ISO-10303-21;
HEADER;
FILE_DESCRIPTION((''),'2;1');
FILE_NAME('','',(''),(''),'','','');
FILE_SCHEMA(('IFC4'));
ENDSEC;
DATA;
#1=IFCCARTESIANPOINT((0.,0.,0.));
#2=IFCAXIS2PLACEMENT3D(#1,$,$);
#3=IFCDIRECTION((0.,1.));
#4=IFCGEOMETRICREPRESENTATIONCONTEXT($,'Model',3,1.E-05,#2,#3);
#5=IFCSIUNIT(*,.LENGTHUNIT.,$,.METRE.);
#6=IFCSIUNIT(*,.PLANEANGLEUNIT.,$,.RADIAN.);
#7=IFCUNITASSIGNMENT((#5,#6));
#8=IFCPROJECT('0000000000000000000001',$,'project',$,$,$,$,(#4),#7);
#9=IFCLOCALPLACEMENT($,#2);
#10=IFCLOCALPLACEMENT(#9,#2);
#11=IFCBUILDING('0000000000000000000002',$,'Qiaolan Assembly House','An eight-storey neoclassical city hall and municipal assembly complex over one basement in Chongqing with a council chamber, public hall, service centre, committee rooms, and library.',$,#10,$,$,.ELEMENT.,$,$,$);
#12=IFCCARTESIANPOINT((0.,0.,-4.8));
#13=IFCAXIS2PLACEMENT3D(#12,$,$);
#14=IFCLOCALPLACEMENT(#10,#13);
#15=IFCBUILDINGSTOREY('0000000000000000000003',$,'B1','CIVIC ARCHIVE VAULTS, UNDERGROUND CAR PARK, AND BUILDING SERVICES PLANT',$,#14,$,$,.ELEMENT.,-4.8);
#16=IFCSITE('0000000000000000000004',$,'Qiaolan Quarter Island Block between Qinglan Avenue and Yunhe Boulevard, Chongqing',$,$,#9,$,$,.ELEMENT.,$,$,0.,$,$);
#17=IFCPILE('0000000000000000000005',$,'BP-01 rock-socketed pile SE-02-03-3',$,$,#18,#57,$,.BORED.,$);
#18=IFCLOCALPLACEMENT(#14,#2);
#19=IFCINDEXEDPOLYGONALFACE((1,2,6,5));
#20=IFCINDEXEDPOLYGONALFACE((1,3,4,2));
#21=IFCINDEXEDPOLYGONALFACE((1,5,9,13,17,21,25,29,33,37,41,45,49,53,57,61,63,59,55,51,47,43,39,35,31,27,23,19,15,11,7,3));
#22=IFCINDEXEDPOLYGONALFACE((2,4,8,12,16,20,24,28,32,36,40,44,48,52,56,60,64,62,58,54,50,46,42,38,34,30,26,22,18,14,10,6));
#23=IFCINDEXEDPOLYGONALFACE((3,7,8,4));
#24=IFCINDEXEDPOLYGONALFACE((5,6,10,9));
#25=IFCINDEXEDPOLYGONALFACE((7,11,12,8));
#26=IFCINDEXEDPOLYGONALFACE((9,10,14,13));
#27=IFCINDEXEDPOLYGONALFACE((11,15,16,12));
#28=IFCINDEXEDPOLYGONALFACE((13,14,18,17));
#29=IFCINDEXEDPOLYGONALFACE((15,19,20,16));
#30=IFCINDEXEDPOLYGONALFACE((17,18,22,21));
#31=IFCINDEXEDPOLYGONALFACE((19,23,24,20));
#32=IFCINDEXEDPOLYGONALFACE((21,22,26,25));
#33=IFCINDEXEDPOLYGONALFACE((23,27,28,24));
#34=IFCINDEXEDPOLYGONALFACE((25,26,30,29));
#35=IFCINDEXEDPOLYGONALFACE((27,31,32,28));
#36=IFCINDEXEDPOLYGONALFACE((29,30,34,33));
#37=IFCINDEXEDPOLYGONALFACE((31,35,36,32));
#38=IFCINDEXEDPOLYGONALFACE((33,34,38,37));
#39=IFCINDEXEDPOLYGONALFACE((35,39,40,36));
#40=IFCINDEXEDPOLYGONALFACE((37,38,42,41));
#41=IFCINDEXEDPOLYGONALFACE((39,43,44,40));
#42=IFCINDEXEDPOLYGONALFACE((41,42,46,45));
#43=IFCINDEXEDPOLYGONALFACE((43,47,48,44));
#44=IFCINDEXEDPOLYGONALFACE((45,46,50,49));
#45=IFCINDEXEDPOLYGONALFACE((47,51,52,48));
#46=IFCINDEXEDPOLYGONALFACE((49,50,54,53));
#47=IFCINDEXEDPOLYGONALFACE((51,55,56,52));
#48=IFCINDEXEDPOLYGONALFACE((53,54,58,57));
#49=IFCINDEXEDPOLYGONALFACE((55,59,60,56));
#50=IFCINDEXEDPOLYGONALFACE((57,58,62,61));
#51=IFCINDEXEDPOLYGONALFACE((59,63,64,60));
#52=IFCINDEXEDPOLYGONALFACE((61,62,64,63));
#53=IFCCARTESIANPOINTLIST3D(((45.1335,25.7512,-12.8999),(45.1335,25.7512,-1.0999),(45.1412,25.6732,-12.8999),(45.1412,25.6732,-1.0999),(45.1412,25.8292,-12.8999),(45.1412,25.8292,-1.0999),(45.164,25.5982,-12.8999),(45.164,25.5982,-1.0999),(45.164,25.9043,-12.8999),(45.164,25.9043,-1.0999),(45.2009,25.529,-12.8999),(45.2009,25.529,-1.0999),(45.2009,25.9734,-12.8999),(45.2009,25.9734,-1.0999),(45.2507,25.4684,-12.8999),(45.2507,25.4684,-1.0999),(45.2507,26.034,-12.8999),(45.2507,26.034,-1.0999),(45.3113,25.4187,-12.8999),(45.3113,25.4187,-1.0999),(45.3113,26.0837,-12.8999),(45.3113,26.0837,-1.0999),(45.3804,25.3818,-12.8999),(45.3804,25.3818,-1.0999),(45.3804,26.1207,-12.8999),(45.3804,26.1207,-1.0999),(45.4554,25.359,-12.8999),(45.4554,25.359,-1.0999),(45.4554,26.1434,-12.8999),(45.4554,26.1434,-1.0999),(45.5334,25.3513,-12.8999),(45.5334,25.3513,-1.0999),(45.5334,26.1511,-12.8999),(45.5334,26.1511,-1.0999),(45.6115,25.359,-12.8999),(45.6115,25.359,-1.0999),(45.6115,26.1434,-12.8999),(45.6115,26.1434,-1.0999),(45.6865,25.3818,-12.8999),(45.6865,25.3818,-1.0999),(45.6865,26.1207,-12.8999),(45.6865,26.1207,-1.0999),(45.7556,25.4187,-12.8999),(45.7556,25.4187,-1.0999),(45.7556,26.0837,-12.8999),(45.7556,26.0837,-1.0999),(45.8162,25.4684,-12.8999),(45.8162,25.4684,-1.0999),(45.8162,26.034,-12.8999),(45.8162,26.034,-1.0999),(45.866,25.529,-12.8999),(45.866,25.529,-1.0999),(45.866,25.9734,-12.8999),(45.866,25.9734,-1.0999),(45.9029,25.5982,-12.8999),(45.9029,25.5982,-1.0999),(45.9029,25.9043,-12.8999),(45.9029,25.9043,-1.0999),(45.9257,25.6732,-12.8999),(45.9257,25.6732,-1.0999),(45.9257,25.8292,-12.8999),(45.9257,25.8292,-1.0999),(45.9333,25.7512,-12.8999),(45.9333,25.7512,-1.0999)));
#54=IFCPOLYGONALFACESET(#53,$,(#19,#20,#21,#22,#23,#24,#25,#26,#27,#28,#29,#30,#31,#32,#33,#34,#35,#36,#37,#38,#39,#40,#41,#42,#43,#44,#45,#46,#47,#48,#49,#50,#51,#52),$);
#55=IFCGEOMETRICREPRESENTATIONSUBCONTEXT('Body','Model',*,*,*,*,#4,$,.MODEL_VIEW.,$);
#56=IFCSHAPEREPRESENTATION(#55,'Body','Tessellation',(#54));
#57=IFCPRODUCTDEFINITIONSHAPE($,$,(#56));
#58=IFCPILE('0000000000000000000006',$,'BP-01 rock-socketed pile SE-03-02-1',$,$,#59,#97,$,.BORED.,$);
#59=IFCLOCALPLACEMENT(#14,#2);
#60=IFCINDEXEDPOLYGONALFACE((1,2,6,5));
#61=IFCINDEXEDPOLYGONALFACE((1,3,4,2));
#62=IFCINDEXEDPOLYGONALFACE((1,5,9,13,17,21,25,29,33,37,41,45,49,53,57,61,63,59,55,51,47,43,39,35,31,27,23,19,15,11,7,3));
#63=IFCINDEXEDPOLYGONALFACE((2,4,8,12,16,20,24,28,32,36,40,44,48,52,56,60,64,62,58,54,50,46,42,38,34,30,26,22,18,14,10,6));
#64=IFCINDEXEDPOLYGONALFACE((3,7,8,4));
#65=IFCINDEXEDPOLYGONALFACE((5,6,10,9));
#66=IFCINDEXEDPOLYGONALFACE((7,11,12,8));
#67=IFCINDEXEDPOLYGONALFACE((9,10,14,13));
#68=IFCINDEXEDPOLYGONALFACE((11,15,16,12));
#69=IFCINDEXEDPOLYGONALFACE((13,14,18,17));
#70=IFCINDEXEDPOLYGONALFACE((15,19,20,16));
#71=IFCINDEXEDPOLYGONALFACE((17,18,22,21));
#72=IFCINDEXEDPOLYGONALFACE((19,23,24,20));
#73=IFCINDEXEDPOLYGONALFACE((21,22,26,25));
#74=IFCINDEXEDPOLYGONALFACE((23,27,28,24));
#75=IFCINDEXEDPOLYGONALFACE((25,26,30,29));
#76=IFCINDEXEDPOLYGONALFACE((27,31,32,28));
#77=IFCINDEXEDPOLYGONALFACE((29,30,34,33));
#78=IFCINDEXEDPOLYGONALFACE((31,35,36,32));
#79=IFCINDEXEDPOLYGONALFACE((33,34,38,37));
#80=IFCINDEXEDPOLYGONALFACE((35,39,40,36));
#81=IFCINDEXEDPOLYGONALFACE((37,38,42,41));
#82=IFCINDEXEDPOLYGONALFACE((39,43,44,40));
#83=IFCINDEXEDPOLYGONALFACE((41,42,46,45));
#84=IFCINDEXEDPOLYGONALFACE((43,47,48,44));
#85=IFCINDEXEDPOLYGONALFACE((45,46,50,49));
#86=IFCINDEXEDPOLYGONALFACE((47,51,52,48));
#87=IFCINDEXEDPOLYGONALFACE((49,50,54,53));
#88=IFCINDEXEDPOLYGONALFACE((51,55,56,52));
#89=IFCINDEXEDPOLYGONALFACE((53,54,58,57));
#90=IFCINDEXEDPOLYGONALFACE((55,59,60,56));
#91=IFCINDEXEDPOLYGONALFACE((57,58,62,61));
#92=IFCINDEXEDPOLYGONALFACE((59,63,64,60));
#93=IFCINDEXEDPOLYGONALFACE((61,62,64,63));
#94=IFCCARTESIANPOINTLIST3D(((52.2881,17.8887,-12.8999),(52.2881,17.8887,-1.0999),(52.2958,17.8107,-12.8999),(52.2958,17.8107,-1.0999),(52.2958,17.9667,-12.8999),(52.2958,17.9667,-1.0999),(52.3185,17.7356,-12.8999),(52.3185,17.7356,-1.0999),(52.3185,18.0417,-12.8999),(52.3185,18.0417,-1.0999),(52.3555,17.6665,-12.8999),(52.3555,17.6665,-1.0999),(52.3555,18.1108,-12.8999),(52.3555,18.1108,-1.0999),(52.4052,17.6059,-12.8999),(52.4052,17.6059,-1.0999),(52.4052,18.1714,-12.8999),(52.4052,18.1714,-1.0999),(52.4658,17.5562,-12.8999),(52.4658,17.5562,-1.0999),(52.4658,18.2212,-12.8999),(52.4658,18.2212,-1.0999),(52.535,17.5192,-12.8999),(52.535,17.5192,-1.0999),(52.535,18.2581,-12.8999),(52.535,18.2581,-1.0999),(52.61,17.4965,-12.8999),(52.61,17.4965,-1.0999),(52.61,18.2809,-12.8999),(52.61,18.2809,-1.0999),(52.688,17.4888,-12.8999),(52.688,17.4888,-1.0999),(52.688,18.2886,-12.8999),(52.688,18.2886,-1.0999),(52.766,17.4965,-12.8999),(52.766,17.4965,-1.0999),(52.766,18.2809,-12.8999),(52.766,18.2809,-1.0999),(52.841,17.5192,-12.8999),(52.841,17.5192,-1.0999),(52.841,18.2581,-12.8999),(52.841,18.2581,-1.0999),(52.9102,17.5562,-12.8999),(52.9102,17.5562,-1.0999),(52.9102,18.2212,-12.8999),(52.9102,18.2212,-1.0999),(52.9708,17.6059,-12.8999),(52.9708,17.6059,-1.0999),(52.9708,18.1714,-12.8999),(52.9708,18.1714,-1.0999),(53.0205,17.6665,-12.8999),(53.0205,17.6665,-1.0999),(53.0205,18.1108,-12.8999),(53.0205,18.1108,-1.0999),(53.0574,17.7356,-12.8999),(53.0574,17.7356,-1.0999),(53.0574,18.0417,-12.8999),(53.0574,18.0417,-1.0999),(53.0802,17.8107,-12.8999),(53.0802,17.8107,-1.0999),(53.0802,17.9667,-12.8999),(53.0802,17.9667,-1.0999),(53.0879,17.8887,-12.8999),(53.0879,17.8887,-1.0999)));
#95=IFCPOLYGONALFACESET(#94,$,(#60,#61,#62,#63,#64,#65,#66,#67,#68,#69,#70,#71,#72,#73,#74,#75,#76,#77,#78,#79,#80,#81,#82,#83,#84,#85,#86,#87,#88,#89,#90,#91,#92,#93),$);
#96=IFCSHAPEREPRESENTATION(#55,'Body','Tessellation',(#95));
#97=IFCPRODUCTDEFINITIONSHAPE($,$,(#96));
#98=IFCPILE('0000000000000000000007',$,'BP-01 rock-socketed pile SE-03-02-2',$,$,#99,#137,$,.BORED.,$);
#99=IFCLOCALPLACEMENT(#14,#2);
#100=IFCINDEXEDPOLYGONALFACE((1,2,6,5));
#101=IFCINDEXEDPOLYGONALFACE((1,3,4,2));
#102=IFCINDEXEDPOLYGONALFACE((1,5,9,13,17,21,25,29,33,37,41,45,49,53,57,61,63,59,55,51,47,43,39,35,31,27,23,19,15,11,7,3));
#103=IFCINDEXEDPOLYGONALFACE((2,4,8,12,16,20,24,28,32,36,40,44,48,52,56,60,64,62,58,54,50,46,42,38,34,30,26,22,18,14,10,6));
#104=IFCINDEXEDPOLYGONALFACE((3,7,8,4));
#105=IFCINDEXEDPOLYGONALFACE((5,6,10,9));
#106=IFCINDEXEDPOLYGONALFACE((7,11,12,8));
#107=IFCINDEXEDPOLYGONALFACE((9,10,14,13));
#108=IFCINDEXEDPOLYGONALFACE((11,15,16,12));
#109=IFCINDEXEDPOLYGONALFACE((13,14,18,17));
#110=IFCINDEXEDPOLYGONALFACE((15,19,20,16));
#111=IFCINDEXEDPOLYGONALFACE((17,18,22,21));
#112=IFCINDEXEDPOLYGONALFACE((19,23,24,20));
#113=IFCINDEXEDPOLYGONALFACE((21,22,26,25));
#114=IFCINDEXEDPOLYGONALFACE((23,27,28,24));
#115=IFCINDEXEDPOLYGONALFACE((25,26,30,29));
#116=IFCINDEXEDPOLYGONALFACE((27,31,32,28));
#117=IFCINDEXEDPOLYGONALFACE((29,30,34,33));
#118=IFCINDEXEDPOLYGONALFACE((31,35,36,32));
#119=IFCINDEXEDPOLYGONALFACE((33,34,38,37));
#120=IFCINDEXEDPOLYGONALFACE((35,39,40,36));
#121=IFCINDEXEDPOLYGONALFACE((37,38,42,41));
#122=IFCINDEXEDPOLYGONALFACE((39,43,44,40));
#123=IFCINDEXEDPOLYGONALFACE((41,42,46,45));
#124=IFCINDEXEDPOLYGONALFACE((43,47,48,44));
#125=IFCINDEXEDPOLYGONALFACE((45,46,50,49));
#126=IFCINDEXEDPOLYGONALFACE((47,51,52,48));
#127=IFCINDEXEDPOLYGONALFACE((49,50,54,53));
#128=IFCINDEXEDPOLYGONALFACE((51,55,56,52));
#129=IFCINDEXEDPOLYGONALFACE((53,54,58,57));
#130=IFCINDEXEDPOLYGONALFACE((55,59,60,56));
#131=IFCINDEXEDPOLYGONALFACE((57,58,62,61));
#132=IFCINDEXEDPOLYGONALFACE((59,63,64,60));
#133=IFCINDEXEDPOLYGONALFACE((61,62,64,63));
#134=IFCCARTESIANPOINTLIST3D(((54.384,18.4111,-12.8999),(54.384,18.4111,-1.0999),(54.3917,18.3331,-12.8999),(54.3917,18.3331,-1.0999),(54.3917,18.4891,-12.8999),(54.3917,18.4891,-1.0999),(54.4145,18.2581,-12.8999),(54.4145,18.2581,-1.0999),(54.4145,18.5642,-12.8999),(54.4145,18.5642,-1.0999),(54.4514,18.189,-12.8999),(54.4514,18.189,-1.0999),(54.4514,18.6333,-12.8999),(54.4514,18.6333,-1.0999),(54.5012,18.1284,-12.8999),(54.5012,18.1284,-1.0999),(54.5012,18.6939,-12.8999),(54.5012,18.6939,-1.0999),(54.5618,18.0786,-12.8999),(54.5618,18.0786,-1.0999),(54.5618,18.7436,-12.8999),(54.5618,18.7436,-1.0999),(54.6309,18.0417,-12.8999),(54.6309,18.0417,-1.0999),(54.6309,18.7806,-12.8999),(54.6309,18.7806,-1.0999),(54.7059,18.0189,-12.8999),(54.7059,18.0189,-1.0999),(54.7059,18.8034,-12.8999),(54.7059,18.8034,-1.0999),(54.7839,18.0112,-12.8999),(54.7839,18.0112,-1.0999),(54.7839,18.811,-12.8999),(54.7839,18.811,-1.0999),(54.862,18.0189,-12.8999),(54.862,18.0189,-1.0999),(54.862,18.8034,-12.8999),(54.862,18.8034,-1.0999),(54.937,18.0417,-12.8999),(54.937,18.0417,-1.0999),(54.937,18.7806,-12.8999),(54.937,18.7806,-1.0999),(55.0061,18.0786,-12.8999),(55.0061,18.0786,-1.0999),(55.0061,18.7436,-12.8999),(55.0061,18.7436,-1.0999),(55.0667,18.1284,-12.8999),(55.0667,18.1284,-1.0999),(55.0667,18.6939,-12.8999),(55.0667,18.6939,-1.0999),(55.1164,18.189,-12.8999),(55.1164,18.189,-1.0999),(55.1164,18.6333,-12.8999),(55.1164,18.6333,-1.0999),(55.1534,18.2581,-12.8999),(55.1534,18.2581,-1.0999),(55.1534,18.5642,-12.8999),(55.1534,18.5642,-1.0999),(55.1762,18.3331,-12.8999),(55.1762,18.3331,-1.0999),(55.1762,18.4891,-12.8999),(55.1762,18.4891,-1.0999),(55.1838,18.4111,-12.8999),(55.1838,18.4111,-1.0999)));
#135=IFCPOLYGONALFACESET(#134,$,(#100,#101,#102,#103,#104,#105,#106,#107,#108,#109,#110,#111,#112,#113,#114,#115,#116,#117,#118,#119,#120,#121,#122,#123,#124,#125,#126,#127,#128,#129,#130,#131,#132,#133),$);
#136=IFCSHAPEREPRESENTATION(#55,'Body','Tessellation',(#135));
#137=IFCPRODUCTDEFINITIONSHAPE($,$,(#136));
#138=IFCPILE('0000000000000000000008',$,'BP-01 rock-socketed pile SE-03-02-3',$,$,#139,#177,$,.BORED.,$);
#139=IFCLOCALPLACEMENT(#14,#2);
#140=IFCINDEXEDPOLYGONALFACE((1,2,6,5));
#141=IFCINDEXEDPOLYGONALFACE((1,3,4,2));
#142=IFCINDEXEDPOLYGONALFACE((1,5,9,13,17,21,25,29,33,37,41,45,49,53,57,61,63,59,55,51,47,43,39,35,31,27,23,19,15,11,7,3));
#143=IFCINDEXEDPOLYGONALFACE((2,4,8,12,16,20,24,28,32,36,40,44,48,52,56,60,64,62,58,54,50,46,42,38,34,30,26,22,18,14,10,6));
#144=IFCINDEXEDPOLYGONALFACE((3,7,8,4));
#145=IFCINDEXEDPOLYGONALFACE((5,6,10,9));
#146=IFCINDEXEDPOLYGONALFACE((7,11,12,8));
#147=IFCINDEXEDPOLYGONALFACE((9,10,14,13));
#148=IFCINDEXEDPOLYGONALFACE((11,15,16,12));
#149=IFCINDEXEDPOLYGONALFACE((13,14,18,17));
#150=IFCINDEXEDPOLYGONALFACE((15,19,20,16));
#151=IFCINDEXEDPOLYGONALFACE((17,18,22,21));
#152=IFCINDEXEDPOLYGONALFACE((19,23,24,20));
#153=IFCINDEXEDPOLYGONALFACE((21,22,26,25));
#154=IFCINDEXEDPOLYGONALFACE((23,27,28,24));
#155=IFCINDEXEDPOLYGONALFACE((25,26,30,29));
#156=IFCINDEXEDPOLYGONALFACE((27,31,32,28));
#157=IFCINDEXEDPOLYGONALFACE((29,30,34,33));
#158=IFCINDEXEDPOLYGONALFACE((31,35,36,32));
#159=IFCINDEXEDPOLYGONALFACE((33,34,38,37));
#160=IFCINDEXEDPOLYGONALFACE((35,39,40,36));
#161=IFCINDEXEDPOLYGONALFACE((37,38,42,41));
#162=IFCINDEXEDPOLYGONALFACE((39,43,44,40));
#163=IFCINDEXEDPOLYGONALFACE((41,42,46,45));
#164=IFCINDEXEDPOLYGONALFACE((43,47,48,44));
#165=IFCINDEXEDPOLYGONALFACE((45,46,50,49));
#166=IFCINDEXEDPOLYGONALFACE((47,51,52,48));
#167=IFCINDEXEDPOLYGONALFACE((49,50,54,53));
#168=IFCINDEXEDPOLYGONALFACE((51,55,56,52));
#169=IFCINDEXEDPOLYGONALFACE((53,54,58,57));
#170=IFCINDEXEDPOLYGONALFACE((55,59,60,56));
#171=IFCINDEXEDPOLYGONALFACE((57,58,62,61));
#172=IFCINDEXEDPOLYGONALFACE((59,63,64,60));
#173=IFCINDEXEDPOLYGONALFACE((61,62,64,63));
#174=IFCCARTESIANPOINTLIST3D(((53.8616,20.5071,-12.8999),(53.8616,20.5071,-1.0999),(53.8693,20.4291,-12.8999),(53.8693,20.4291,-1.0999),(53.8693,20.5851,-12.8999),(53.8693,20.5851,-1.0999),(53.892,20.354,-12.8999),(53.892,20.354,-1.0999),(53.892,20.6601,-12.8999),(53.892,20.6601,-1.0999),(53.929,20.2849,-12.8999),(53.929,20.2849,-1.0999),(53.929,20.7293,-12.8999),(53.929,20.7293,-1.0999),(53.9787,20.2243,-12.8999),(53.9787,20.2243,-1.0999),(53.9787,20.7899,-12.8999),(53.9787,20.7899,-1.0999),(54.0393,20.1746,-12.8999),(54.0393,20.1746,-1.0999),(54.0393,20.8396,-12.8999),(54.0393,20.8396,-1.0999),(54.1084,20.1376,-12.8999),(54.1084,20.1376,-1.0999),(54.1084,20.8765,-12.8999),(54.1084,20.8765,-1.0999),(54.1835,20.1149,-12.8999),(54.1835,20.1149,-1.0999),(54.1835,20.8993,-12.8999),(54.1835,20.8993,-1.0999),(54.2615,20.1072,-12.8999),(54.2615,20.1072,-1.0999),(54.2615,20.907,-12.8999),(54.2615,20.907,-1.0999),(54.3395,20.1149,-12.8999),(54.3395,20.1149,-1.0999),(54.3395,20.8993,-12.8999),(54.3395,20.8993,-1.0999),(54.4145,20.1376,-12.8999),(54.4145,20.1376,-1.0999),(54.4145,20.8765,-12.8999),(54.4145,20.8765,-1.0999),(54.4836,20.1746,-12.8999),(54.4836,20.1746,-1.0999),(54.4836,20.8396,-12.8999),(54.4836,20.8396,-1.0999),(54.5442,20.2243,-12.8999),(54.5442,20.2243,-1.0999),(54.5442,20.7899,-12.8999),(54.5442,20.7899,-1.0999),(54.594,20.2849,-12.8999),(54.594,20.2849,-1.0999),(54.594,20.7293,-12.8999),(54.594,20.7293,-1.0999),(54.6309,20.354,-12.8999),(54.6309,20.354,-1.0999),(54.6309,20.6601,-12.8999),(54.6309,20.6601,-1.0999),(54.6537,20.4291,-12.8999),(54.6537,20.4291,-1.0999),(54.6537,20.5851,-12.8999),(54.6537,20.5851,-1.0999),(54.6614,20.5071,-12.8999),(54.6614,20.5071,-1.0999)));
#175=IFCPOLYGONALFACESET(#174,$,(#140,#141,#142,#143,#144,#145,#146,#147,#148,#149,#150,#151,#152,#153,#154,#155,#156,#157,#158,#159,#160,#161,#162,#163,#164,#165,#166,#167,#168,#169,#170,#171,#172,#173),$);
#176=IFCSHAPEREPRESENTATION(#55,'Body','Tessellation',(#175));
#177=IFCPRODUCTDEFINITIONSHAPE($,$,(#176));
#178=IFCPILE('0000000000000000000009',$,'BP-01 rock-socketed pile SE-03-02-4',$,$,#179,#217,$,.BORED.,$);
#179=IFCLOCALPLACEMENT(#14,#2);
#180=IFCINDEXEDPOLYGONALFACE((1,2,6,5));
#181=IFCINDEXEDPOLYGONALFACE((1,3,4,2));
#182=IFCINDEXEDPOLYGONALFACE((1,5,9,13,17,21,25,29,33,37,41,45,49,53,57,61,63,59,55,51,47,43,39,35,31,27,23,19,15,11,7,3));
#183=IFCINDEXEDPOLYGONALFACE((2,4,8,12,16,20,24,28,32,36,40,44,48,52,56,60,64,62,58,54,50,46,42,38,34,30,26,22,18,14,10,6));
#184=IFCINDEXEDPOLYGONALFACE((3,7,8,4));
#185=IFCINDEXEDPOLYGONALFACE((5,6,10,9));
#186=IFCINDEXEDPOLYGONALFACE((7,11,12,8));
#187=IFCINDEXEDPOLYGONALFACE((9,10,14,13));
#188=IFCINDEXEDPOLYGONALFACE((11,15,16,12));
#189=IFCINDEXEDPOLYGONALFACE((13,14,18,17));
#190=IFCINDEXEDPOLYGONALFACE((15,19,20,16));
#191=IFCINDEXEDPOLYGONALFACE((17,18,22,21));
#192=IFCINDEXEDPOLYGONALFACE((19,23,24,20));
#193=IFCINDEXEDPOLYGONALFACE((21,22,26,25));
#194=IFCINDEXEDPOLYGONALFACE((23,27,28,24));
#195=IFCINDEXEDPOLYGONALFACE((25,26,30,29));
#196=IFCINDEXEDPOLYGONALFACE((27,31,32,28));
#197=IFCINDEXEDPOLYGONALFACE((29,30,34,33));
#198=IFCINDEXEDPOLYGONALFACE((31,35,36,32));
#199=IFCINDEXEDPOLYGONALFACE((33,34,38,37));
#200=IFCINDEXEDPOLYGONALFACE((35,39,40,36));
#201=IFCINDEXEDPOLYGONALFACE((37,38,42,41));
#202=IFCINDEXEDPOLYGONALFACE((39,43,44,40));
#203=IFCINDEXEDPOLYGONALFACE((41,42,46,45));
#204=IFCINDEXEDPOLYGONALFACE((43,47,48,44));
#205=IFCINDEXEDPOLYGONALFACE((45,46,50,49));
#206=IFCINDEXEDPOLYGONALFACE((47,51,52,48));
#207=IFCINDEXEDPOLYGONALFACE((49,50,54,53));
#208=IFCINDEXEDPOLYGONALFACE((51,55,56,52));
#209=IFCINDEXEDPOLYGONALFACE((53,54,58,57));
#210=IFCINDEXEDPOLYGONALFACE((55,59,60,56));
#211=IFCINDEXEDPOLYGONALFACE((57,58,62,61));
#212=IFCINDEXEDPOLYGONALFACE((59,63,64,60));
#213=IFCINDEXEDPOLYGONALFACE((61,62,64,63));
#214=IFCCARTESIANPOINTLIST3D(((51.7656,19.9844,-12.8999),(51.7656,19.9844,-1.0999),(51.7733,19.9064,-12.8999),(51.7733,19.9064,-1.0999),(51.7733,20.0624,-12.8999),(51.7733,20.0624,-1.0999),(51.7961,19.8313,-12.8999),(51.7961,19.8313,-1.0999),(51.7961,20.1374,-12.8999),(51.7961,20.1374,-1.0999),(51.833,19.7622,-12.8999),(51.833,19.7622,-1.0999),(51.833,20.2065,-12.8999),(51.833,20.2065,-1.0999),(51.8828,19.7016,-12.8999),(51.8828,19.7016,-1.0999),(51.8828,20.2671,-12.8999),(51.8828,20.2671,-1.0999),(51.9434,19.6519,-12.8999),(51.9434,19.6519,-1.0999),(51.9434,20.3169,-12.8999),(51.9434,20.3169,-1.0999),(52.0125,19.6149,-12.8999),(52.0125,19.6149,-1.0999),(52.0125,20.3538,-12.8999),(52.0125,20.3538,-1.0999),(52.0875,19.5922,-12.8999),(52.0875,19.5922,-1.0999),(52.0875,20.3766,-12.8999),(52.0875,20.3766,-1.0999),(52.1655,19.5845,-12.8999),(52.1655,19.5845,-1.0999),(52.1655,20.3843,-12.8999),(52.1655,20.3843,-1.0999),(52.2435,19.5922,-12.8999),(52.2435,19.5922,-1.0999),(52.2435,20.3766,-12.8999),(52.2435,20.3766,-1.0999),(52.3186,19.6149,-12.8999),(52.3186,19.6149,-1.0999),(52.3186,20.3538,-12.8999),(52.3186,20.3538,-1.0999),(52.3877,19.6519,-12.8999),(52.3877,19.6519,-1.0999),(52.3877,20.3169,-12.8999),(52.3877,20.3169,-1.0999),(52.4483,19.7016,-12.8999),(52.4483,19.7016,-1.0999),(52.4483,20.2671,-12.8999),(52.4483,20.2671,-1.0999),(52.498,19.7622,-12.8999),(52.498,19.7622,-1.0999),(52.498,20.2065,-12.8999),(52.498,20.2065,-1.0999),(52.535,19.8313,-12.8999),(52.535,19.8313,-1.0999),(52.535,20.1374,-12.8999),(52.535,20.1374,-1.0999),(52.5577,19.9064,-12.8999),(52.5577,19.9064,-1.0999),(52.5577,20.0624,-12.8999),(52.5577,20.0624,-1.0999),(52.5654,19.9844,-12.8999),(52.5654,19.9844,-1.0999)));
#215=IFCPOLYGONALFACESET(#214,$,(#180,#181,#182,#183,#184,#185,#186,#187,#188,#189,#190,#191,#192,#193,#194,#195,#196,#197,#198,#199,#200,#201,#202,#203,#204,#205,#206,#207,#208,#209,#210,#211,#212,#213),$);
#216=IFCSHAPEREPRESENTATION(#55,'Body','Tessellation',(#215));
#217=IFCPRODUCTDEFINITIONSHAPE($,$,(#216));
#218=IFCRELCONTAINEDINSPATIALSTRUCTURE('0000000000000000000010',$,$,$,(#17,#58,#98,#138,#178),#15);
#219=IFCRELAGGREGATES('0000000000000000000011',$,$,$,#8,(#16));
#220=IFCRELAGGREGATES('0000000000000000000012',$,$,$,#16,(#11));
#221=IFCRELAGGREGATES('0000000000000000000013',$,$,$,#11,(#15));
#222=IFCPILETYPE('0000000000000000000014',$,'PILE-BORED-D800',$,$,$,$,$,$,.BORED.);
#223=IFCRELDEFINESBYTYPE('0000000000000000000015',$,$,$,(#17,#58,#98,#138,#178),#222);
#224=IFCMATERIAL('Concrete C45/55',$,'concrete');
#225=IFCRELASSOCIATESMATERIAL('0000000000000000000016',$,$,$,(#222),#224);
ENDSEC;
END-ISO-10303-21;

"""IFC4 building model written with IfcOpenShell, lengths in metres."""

from ifc_helpers import new_model, si_unit, direction, frame, origin, origin_2d, place, context, subcontext, project, spatial, circle, extrude, material, material_profile, profile_set, type_object, element, save


model = new_model("IFC4")

# Units and contexts
model_context = context("Model", 3, precision=1e-05, world=origin(), true_north=direction((0.0, 1.0)))
body_context = subcontext(model_context, "Body", "Model", "MODEL_VIEW")
ifc_project = project(units=[si_unit("LENGTHUNIT", "METRE"), si_unit("PLANEANGLEUNIT", "RADIAN")], contexts=[model_context])

# Site, building, storey
site_placement = place(None, origin())
site = spatial("IfcSite", under=ifc_project, at=site_placement, Name="Qiaolan Quarter Island Block between Qinglan Avenue and Yunhe Boulevard, Chongqing", CompositionType="ELEMENT", RefElevation=0.0)
building_placement = place(site_placement, origin())
building = spatial("IfcBuilding", under=site, at=building_placement, Name="Qiaolan Assembly House", Description="An eight-storey neoclassical city hall and municipal assembly complex over one basement in Chongqing with a council chamber, public hall, service centre, committee rooms, and library.", CompositionType="ELEMENT")
storey_placement = place(building_placement, frame((0.0, 0.0, -4.8)))
storey = spatial("IfcBuildingStorey", under=building, at=storey_placement, Name="B1", Description="CIVIC ARCHIVE VAULTS, UNDERGROUND CAR PARK, AND BUILDING SERVICES PLANT", CompositionType="ELEMENT", Elevation=-4.8)

# Piles
ifc_material_1 = material(Name="Concrete C45/55", Category="concrete")
ifc_material_profile_1 = material_profile(ifc_material_1, circle(Radius=0.3999, at=origin_2d()), Name="PILE D800")
ifc_profile_set_1 = profile_set([ifc_material_profile_1], Name="Concrete C45/55")
pile_type_1 = type_object("IfcPileType", Name="PILE-BORED-D800", PredefinedType="BORED", material=ifc_profile_set_1)
for number, where, z_axis, x_axis, name in (
    (1, (45.5334, 25.7512, -1.0999), (0.0, 0.0, -1.0), (1.0, 0.0, 0.0), "BP-01 rock-socketed pile SE-02-03-3"),
    (2, (52.688, 17.8887, -1.0999), (0.0, 0.0, -1.0), (1.0, 0.0, 0.0), "BP-01 rock-socketed pile SE-03-02-1"),
    (3, (54.7839, 18.4111, -1.0999), (0.0, 0.0, -1.0), (1.0, 0.0, 0.0), "BP-01 rock-socketed pile SE-03-02-2"),
    (4, (54.2615, 20.5071, -1.0999), (0.0, 0.0, -1.0), (1.0, 0.0, 0.0), "BP-01 rock-socketed pile SE-03-02-3"),
    (5, (52.1655, 19.9844, -1.0999), (0.0, 0.0, -1.0), (1.0, 0.0, 0.0), "BP-01 rock-socketed pile SE-03-02-4"),
):
    element("IfcPile", number, at=place(storey_placement, frame(where, z_axis=z_axis, x_axis=x_axis)), inside=storey, type_object=pile_type_1, Name=name, PredefinedType="BORED", context=body_context, shape_type="SweptSolid", body=[
        extrude(circle(Radius=0.3999, at=origin_2d()), origin(), (0.0, 0.0, 1.0), 11.8),
    ])

save(model, "model.ifc")
